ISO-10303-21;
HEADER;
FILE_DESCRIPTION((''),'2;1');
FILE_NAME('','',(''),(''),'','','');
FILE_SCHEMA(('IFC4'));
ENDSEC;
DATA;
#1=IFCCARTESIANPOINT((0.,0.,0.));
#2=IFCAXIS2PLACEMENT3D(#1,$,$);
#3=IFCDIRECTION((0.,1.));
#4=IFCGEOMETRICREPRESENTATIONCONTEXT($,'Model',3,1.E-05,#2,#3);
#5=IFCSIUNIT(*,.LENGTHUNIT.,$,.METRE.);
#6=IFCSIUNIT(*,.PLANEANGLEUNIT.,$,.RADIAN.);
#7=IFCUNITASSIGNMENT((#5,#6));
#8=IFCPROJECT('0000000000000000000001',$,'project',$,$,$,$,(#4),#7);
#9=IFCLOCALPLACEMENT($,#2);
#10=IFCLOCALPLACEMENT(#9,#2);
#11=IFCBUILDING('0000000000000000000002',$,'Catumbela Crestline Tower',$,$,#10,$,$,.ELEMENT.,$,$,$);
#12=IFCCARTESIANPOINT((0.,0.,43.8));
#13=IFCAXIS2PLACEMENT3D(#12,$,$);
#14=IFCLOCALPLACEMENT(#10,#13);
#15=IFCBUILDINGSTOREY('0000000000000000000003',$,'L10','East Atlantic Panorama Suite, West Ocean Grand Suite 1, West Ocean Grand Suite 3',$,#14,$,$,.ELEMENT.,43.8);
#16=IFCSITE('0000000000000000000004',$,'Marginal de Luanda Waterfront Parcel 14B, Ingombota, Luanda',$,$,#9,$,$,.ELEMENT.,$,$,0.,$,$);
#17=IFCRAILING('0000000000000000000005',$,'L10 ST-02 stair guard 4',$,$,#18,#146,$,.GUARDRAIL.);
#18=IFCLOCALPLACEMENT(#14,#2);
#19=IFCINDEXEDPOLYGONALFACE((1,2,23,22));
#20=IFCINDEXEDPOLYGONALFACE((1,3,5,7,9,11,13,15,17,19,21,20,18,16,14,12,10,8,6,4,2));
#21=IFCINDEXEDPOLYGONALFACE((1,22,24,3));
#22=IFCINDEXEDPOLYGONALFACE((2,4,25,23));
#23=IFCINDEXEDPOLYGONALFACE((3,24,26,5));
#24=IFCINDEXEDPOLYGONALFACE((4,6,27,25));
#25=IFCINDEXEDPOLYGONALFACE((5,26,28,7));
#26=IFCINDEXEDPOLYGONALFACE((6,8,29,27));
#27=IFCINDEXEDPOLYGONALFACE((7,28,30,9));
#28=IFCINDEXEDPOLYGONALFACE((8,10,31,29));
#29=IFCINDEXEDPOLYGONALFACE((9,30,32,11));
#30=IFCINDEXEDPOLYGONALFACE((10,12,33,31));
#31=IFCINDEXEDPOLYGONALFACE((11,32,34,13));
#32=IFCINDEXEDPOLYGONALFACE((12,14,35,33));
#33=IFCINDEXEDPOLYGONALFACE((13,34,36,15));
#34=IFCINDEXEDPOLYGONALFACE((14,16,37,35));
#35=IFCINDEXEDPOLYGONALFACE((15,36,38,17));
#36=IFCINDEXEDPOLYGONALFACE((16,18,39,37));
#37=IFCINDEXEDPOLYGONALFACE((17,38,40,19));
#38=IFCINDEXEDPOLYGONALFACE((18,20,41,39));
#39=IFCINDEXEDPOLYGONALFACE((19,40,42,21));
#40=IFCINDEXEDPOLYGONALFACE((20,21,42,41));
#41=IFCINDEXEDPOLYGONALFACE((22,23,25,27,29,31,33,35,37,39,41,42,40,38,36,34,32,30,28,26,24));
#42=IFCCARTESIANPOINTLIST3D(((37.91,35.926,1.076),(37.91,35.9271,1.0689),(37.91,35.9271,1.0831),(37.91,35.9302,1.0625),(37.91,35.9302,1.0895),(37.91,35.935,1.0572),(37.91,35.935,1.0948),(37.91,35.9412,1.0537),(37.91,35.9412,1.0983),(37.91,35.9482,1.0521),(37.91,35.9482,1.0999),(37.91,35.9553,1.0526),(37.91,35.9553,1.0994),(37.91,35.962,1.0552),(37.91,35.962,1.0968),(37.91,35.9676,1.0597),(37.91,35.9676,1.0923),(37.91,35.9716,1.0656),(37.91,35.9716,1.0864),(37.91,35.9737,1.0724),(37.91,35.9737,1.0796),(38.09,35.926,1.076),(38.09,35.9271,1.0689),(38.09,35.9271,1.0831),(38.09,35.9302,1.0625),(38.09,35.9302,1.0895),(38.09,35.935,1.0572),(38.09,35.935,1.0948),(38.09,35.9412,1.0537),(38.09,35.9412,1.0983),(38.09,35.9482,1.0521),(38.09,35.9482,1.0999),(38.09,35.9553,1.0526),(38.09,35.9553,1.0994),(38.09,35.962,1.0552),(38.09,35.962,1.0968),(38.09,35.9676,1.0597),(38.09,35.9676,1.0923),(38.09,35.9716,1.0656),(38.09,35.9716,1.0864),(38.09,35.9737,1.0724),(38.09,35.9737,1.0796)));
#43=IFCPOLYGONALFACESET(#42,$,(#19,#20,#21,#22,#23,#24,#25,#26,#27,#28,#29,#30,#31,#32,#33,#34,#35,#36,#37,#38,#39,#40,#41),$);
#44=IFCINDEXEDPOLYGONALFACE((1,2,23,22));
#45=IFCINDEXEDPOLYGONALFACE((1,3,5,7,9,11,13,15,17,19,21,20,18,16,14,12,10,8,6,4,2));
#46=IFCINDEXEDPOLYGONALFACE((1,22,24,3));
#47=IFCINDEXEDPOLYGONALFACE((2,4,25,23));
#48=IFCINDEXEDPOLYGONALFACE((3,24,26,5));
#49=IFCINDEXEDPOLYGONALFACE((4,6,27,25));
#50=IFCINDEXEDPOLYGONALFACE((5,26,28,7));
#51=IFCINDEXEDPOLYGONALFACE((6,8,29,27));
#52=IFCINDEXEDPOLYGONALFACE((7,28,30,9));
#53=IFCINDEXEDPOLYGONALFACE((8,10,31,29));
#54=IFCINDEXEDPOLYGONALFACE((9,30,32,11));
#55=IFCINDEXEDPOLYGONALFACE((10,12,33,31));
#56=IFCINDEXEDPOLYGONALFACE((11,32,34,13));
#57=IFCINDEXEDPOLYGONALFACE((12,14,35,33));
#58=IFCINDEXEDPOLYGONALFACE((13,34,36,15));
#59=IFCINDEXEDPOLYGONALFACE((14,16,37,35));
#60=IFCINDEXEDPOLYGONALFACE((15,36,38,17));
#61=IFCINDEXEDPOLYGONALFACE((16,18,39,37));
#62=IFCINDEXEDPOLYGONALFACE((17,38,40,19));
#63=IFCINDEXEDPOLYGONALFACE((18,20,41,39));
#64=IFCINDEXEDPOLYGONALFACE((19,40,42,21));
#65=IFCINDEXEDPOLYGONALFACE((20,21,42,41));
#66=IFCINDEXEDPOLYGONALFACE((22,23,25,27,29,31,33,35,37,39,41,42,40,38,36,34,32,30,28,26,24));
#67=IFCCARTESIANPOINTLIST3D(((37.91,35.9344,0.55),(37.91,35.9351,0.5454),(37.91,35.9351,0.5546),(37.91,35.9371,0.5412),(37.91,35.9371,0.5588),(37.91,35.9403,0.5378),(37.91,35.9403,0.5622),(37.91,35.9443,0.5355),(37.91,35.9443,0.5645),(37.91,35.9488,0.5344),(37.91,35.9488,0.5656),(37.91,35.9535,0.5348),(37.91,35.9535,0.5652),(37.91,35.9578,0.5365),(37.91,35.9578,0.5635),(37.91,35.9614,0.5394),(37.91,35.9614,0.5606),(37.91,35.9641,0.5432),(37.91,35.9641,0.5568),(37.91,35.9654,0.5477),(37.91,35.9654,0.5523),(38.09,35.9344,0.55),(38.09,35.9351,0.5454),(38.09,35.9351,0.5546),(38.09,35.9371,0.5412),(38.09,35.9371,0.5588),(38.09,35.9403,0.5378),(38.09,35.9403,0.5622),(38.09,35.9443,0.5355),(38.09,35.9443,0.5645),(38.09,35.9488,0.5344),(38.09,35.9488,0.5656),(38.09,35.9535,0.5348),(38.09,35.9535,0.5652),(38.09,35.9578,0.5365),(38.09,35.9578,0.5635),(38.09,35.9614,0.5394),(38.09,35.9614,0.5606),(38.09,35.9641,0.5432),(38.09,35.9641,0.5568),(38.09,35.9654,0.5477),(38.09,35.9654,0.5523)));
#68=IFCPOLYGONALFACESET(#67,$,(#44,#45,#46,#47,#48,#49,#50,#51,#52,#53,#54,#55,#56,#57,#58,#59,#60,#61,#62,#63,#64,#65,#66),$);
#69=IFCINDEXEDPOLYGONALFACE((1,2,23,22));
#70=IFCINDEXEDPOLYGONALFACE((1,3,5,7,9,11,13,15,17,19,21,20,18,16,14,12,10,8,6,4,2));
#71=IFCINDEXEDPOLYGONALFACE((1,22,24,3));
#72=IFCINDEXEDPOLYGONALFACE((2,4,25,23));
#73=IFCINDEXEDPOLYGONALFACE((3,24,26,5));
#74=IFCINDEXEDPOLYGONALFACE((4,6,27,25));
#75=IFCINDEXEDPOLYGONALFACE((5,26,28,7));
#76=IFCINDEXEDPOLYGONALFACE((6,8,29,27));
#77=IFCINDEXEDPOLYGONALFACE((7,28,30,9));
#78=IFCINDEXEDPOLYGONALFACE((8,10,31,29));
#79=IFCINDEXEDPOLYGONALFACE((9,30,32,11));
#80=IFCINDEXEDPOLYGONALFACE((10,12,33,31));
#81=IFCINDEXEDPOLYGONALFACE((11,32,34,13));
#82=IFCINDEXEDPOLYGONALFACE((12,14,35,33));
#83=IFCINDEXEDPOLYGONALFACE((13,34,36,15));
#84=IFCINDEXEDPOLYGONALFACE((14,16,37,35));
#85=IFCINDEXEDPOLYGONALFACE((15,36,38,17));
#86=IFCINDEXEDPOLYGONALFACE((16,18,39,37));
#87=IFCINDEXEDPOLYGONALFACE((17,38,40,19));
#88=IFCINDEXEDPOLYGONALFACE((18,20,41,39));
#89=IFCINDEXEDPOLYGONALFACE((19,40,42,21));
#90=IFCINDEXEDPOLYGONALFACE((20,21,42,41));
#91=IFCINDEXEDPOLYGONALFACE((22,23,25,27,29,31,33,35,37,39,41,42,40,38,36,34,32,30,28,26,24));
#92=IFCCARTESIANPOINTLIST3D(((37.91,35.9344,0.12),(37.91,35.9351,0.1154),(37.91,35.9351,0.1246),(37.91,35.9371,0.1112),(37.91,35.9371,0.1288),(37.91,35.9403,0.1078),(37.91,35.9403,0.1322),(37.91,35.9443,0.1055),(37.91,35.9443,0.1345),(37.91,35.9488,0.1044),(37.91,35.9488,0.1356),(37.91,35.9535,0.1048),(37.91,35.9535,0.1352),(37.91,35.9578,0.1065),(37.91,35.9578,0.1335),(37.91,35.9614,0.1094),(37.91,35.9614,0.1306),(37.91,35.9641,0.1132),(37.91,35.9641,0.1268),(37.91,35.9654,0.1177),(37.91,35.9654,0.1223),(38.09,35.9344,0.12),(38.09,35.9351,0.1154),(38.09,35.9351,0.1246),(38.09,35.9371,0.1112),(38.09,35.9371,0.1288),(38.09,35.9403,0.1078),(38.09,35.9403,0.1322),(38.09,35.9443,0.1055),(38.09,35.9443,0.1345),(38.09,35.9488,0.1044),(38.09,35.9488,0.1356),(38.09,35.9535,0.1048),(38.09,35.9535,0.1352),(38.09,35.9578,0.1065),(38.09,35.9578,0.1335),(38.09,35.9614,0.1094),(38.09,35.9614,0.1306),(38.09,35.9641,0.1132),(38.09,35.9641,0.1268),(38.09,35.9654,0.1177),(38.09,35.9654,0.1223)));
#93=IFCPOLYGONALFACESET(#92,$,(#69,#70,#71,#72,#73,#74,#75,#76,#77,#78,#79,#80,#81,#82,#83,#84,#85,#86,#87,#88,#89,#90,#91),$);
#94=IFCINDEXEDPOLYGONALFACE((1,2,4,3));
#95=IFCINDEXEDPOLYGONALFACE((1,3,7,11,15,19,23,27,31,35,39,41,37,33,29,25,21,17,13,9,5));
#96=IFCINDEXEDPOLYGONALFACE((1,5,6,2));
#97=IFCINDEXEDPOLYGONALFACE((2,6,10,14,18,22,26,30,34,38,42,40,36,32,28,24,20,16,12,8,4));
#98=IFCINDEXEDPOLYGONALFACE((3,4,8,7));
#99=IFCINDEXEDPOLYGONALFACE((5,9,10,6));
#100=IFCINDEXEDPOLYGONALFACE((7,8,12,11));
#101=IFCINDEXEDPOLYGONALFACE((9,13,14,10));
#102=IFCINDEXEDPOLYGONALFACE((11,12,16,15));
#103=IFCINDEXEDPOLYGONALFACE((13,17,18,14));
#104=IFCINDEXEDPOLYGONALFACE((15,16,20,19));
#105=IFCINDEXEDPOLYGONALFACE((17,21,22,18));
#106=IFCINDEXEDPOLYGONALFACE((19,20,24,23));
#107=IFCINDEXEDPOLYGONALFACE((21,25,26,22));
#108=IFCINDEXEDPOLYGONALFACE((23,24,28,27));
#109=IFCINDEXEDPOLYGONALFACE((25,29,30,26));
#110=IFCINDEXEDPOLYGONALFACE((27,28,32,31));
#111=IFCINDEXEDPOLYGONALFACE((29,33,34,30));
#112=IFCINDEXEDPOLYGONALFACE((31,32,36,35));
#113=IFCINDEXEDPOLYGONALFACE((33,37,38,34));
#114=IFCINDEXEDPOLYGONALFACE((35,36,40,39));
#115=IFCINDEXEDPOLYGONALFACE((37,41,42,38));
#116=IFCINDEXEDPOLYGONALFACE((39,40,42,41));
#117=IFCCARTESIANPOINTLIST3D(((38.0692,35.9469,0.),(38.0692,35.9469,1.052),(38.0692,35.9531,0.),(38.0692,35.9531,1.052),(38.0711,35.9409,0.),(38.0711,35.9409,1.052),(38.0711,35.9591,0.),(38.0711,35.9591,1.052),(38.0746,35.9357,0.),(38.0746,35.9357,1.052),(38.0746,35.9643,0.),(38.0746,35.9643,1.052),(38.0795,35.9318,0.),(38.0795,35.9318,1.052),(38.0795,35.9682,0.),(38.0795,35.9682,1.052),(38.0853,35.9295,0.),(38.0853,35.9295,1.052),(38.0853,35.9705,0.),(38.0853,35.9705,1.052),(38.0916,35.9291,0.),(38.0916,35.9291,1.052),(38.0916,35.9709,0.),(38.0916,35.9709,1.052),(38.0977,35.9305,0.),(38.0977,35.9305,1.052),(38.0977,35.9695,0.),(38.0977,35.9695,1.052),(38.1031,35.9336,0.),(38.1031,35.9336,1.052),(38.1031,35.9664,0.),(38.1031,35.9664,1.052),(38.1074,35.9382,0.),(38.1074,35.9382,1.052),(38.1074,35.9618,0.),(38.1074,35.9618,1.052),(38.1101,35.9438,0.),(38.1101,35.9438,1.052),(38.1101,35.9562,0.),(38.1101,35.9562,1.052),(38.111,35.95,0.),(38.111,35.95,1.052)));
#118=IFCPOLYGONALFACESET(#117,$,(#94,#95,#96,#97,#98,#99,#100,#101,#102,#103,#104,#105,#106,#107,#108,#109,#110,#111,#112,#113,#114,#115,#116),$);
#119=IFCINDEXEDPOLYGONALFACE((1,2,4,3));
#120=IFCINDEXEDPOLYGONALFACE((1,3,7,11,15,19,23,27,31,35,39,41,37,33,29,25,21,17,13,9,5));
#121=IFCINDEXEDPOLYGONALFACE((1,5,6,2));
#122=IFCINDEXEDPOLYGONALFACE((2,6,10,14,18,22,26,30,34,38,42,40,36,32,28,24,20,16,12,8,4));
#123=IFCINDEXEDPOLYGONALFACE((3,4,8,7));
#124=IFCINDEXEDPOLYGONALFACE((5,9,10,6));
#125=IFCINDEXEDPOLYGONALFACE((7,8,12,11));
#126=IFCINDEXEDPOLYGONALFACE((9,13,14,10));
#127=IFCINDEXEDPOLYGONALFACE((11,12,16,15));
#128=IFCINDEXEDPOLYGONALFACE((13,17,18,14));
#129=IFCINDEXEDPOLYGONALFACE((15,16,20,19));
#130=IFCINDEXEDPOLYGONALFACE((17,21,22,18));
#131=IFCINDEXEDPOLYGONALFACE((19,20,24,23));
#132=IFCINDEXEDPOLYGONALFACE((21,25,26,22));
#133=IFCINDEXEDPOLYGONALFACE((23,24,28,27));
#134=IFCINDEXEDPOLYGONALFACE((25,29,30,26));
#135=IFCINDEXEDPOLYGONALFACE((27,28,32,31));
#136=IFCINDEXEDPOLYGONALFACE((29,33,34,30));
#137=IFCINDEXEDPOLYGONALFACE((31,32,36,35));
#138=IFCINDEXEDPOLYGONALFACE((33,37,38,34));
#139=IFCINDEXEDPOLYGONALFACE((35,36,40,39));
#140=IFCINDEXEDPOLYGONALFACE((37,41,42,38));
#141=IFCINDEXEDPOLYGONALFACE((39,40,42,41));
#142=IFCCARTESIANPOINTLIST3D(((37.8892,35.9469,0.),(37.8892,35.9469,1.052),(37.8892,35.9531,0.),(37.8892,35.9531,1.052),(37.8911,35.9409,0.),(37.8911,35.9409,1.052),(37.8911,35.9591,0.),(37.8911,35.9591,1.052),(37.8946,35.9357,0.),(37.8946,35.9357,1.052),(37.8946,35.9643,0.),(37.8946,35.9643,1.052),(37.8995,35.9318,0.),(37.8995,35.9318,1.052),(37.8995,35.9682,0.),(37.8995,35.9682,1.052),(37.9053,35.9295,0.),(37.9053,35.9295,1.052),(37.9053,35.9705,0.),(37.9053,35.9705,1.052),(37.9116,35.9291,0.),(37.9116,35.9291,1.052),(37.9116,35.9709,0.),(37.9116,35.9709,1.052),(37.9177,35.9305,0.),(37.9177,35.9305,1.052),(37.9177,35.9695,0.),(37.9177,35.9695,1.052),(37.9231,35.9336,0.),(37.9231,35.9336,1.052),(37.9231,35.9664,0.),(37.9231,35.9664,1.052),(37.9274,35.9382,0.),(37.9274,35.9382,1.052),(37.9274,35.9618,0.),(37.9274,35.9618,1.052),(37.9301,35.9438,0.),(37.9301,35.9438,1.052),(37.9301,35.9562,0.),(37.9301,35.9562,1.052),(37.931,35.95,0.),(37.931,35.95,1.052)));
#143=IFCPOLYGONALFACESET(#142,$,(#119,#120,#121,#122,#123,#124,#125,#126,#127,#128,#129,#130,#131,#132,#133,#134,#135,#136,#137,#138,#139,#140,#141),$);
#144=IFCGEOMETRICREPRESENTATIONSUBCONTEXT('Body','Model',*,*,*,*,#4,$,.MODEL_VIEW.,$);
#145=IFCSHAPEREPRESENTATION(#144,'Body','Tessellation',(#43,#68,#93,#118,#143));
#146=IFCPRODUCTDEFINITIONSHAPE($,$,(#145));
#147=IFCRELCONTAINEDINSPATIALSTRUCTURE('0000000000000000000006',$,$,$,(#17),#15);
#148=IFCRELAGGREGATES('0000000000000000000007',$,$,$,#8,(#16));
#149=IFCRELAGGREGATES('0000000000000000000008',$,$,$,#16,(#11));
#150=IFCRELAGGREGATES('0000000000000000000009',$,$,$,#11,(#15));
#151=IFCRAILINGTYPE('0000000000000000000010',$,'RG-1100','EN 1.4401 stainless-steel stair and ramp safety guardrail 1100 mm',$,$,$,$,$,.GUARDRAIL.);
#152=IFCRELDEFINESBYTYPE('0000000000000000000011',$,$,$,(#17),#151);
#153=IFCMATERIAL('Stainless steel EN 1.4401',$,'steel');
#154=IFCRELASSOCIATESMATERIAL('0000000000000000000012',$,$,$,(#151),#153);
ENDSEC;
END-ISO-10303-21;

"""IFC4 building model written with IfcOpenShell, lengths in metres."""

from ifc_helpers import new_model, si_unit, direction, frame, origin, origin_2d, place, context, subcontext, project, spatial, circle, extrude, material, type_object, element, save


model = new_model("IFC4")

# Units and contexts
model_context = context("Model", 3, precision=1e-05, world=origin(), true_north=direction((0.0, 1.0)))
body_context = subcontext(model_context, "Body", "Model", "MODEL_VIEW")
ifc_project = project(units=[si_unit("LENGTHUNIT", "METRE"), si_unit("PLANEANGLEUNIT", "RADIAN")], contexts=[model_context])

# Site, building, storey
site_placement = place(None, origin())
site = spatial("IfcSite", under=ifc_project, at=site_placement, Name="Marginal de Luanda Waterfront Parcel 14B, Ingombota, Luanda", CompositionType="ELEMENT", RefElevation=0.0)
building_placement = place(site_placement, origin())
building = spatial("IfcBuilding", under=site, at=building_placement, Name="Catumbela Crestline Tower", CompositionType="ELEMENT")
storey_placement = place(building_placement, frame((0.0, 0.0, 43.8)))
storey = spatial("IfcBuildingStorey", under=building, at=storey_placement, Name="L10", Description="East Atlantic Panorama Suite, West Ocean Grand Suite 1, West Ocean Grand Suite 3", CompositionType="ELEMENT", Elevation=43.8)

# Shared definitions
ifc_material_1 = material(Name="Stainless steel EN 1.4401", Category="steel")

# Railing
railing_type_1 = type_object("IfcRailingType", Name="RG-1100", Description="EN 1.4401 stainless-steel stair and ramp safety guardrail 1100 mm", PredefinedType="GUARDRAIL", material=ifc_material_1)
railing_1_placement = place(storey_placement, frame((38.09, 35.95, 0.0)))
element("IfcRailing", 1, at=railing_1_placement, inside=storey, type_object=railing_type_1, Name="L10 ST-02 stair guard 4", PredefinedType="GUARDRAIL", context=body_context, shape_type="SweptSolid", body=[
    extrude(circle(Radius=0.024, at=origin_2d()), frame((0.0, 0.0, 1.076), z_axis=(-1.0, 0.0, 0.0), x_axis=(0.0, -1.0, 0.0)), (0.0, 0.0, 1.0), 0.18),
    extrude(circle(Radius=0.0156, at=origin_2d()), frame((0.0, 0.0, 0.55), z_axis=(-1.0, 0.0, 0.0), x_axis=(0.0, -1.0, 0.0)), (0.0, 0.0, 1.0), 0.18),
    extrude(circle(Radius=0.0156, at=origin_2d()), frame((0.0, 0.0, 0.12), z_axis=(-1.0, 0.0, 0.0), x_axis=(0.0, -1.0, 0.0)), (0.0, 0.0, 1.0), 0.18),
    extrude(circle(Radius=0.021, at=origin_2d()), origin(), (0.0, 0.0, 1.0), 1.052),
    extrude(circle(Radius=0.021, at=origin_2d()), frame((-0.18, 0.0, 0.0)), (0.0, 0.0, 1.0), 1.052),
])

save(model, "model.ifc")
